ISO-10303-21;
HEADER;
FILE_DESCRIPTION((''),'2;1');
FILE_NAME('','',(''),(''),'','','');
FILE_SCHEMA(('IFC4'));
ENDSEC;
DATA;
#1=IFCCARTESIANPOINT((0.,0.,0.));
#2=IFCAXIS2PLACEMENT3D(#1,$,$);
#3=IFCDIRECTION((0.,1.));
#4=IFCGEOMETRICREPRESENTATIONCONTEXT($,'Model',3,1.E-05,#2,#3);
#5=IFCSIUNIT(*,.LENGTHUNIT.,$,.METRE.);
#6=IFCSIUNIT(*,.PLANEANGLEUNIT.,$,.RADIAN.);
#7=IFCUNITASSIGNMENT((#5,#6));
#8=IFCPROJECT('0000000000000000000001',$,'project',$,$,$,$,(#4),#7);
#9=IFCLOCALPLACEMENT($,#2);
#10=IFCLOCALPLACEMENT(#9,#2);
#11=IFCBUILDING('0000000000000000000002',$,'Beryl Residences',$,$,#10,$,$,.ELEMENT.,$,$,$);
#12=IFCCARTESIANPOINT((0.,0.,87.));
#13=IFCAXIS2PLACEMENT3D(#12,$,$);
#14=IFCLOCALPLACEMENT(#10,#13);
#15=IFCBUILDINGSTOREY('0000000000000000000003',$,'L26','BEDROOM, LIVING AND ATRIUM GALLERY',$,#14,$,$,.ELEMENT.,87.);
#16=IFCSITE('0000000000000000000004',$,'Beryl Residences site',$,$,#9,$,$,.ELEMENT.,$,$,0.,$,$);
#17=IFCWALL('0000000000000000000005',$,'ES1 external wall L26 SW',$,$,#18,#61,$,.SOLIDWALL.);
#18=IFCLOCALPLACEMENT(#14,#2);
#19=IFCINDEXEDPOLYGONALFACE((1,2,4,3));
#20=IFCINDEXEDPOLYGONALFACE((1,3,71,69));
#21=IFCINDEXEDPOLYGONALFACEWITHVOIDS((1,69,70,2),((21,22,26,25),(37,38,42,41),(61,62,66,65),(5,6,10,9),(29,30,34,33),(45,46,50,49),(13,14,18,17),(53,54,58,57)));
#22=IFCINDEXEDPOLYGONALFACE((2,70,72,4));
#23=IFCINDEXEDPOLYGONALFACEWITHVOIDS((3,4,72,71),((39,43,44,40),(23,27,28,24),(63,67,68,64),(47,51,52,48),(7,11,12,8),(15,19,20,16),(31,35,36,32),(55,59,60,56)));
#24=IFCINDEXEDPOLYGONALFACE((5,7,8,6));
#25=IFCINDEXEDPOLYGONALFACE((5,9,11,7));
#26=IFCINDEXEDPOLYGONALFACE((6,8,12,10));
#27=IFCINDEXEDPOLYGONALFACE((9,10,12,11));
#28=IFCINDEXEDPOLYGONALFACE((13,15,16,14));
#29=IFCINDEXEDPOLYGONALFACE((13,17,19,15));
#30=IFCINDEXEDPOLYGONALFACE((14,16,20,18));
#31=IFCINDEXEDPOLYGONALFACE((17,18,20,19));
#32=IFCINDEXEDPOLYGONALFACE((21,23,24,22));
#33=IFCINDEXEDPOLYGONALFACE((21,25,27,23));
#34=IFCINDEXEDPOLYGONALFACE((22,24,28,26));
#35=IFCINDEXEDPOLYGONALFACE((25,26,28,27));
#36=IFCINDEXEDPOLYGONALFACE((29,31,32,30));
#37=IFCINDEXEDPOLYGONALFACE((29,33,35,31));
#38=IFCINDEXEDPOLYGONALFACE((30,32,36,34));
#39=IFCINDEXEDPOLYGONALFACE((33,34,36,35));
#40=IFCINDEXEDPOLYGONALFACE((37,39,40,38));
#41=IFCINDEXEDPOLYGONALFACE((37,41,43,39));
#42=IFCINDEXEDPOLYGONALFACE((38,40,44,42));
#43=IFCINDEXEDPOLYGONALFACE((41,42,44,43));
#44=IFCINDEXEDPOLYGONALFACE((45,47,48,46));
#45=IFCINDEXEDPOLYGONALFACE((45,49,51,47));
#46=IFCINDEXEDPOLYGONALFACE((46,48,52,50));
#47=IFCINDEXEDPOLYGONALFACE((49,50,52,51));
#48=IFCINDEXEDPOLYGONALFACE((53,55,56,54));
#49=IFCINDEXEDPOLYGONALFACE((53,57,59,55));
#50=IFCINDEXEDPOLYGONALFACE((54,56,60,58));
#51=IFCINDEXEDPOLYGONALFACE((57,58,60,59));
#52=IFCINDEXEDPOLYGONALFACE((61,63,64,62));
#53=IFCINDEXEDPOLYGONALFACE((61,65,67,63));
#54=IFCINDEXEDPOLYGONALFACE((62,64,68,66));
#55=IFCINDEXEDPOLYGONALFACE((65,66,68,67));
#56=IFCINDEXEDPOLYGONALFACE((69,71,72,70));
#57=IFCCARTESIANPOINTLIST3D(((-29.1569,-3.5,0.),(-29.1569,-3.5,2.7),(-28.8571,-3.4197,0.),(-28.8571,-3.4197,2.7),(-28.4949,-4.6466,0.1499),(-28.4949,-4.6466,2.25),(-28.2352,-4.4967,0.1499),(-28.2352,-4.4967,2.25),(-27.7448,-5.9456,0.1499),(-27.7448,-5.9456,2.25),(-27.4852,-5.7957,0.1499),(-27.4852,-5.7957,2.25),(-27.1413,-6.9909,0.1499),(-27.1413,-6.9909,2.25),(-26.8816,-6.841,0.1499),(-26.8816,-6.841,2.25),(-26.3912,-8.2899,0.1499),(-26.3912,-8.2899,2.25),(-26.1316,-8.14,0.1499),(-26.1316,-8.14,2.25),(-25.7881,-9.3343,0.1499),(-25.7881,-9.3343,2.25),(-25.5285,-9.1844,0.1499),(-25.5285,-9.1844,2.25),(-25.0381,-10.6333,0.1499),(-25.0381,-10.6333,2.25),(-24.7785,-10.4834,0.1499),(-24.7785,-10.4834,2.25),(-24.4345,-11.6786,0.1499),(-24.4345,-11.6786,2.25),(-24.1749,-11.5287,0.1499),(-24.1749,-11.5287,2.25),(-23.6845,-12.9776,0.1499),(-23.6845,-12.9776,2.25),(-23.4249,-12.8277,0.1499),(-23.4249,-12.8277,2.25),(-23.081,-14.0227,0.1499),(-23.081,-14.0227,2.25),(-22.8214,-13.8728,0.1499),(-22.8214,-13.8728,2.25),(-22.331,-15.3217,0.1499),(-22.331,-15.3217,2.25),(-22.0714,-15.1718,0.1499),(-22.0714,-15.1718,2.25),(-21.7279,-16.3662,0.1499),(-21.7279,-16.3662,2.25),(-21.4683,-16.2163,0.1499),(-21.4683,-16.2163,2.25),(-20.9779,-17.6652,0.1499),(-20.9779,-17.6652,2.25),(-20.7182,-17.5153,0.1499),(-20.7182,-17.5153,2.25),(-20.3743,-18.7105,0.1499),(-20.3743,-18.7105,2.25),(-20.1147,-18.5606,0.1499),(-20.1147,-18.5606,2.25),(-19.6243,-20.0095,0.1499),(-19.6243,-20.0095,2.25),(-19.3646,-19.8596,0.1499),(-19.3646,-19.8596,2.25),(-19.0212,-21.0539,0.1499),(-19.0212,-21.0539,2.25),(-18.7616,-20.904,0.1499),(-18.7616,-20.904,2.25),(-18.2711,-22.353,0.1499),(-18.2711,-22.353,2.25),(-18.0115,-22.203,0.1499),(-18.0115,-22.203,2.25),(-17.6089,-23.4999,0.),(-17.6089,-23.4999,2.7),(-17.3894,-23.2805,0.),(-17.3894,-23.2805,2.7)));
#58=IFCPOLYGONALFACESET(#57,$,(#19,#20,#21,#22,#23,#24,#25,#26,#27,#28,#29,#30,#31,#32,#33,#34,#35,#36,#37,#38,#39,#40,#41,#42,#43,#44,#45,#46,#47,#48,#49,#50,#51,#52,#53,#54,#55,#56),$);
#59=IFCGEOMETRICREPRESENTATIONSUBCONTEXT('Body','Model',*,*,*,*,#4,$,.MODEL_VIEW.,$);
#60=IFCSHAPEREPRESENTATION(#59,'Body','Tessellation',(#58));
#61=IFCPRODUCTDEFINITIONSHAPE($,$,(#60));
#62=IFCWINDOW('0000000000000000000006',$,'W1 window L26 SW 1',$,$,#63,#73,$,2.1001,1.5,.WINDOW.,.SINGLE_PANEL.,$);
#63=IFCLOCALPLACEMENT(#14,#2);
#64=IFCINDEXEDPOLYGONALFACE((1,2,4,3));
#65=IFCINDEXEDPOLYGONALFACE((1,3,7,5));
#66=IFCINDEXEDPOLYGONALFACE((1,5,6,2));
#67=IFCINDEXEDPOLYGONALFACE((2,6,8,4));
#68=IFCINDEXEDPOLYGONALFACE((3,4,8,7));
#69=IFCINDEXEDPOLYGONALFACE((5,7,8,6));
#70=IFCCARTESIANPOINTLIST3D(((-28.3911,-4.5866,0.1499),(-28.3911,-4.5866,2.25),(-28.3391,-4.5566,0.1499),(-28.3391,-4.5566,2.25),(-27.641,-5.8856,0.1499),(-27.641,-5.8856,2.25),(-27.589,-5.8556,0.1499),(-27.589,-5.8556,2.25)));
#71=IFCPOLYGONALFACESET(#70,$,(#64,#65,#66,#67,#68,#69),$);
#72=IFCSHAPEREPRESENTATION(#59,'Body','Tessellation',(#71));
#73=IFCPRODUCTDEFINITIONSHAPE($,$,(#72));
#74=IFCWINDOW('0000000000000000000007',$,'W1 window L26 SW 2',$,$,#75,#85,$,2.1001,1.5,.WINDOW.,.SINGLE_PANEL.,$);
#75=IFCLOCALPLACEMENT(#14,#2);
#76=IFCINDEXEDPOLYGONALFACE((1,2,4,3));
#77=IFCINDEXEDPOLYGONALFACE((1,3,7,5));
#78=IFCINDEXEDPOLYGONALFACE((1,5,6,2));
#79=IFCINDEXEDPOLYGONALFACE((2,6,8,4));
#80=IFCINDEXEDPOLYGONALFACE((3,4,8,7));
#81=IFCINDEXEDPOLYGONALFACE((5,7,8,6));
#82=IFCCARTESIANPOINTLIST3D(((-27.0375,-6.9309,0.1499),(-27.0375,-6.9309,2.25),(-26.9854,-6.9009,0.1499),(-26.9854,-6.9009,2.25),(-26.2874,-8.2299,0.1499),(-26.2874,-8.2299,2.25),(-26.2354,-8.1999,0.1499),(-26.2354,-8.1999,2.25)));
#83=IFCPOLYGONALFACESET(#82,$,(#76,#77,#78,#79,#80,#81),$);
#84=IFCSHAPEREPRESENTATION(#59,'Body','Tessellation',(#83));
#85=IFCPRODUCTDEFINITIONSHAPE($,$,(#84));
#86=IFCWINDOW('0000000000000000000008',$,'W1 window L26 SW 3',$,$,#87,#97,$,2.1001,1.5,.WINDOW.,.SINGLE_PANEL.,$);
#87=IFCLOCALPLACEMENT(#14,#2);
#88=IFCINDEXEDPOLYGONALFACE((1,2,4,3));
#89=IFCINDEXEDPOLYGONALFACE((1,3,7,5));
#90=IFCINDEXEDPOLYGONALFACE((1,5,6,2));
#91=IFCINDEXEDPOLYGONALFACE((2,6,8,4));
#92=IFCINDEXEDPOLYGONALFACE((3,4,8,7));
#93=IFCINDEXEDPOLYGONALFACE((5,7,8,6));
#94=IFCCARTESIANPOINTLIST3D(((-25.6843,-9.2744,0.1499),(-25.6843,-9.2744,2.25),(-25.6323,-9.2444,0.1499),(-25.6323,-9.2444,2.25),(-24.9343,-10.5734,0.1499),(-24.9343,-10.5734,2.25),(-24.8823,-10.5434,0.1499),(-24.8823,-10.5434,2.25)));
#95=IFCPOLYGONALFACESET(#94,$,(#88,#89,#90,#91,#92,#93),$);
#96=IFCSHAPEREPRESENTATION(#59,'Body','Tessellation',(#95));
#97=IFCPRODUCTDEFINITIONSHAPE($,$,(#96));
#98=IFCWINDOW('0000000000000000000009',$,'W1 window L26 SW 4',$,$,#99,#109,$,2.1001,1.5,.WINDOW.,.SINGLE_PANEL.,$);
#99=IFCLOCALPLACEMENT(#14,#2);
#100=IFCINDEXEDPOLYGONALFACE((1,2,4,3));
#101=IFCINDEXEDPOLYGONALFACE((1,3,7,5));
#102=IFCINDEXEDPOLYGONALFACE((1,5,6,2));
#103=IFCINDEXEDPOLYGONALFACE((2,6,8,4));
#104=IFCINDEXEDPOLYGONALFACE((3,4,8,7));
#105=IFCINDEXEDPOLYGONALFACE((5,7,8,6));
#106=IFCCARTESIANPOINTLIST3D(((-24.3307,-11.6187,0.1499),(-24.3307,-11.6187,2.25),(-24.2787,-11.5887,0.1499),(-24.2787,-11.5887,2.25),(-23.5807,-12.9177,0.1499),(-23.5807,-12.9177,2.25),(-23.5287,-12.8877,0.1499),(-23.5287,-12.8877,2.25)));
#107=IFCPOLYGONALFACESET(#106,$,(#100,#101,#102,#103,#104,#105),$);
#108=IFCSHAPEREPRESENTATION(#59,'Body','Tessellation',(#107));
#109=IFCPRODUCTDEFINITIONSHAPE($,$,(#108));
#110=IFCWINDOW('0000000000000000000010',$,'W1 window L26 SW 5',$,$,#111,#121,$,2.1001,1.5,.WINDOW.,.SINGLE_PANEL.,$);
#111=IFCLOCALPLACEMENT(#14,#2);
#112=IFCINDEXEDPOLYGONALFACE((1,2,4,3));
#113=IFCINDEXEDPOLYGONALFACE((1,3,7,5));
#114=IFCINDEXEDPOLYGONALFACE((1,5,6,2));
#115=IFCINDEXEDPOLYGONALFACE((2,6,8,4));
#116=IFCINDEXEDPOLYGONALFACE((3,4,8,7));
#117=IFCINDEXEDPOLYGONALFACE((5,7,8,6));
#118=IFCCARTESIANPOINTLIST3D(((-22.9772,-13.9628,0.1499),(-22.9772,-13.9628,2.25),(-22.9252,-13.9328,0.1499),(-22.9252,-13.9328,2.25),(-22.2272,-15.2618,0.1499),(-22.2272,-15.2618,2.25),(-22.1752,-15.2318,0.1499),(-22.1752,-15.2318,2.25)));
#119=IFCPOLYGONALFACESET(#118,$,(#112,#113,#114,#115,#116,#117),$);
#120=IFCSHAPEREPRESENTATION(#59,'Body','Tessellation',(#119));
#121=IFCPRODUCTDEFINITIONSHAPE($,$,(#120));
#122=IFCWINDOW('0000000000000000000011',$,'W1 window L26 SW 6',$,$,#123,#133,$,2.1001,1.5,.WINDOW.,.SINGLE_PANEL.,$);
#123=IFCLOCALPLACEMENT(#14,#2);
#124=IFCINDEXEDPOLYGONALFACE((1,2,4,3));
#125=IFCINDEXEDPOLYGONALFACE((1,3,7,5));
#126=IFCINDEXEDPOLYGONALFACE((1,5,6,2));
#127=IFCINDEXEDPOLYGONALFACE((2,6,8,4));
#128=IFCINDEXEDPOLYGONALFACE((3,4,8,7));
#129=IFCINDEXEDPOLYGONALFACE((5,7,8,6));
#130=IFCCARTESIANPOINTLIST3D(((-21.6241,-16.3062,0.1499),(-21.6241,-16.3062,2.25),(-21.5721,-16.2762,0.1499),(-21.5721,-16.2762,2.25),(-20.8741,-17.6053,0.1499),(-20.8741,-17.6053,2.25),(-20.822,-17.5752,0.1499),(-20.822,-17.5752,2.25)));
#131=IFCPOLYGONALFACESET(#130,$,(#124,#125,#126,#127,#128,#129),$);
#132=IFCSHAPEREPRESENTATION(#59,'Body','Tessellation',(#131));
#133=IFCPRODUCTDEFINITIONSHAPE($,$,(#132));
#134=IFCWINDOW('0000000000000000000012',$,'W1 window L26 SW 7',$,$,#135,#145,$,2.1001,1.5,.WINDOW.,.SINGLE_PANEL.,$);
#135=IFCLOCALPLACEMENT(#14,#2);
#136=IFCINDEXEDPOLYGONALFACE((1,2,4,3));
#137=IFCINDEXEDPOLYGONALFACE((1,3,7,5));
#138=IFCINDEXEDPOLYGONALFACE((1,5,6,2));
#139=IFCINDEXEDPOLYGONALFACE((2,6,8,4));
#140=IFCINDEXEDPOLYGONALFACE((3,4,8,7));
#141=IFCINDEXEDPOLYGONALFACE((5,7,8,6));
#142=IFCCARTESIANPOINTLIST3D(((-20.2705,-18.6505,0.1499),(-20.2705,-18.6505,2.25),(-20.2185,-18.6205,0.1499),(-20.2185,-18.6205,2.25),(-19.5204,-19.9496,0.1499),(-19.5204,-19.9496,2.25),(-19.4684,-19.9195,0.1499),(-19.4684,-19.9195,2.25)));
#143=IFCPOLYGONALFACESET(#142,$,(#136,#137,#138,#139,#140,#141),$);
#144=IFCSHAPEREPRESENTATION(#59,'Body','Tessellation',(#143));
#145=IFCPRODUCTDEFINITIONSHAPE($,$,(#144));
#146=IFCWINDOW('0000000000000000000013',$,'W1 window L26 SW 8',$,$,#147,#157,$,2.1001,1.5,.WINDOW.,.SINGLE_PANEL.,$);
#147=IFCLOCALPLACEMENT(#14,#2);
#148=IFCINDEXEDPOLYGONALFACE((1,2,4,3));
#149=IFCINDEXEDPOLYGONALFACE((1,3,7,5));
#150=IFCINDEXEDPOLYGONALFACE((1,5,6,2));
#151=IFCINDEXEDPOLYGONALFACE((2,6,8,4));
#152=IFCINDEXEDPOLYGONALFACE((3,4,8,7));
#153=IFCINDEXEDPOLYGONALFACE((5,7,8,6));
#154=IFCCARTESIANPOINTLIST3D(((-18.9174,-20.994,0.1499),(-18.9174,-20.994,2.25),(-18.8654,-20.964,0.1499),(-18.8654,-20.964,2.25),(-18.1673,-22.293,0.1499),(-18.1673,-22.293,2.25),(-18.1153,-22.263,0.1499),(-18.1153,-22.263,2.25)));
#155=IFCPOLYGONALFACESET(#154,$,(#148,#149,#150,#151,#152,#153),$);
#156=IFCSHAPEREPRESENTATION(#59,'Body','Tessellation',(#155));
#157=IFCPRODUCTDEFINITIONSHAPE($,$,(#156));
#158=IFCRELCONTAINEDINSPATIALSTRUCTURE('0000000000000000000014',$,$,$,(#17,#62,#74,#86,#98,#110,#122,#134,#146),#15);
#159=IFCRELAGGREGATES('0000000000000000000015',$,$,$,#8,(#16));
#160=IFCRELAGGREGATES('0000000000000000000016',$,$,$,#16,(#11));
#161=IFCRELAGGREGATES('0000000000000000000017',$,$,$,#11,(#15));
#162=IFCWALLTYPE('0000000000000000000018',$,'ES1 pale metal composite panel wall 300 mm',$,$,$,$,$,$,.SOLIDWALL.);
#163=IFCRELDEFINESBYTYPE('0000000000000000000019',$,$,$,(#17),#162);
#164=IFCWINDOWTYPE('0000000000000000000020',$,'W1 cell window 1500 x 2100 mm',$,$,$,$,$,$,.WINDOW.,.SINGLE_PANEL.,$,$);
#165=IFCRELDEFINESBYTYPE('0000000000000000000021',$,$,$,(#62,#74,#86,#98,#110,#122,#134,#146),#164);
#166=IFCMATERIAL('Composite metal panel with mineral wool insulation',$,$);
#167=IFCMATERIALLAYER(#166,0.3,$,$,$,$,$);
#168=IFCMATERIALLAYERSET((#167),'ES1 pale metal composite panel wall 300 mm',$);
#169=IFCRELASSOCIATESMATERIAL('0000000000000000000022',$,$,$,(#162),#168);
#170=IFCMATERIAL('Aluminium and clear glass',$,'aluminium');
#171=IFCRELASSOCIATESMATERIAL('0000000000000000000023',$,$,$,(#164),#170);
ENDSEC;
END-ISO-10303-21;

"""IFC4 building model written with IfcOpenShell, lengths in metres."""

from ifc_helpers import new_model, si_unit, direction, frame, frame_2d, origin, place, context, subcontext, project, spatial, polyline, rectangle, outline, extrude, material, layer, layer_set, type_object, element, fill, save


model = new_model("IFC4")

# Units and contexts
model_context = context("Model", 3, precision=1e-05, world=origin(), true_north=direction((0.0, 1.0)))
body_context = subcontext(model_context, "Body", "Model", "MODEL_VIEW")
ifc_project = project(units=[si_unit("LENGTHUNIT", "METRE"), si_unit("PLANEANGLEUNIT", "RADIAN")], contexts=[model_context])

# Site, building, storey
site_placement = place(None, origin())
site = spatial("IfcSite", under=ifc_project, at=site_placement, Name="Beryl Residences site", CompositionType="ELEMENT", RefElevation=0.0)
building_placement = place(site_placement, origin())
building = spatial("IfcBuilding", under=site, at=building_placement, Name="Beryl Residences", CompositionType="ELEMENT")
storey_placement = place(building_placement, frame((0.0, 0.0, 87.0)))
storey = spatial("IfcBuildingStorey", under=building, at=storey_placement, Name="L26", Description="BEDROOM, LIVING AND ATRIUM GALLERY", CompositionType="ELEMENT", Elevation=87.0)

# Wall, openings, windows
ifc_material_1 = material(Name="Composite metal panel with mineral wool insulation")
ifc_layer_1 = layer(ifc_material_1, 0.3)
ifc_layer_set_1 = layer_set([ifc_layer_1], Name="ES1 pale metal composite panel wall 300 mm")
wall_type_1 = type_object("IfcWallType", Name="ES1 pale metal composite panel wall 300 mm", PredefinedType="SOLIDWALL", material=ifc_layer_set_1)
wall_1_placement = place(storey_placement, frame((-29.0271, -3.425, 0.0), z_axis=(0.0, 0.0, 1.0), x_axis=(0.500035, -0.866005, 0.0)))
wall_1 = element("IfcWall", 1, at=wall_1_placement, inside=storey, type_object=wall_type_1, Name="ES1 external wall L26 SW", PredefinedType="SOLIDWALL", context=body_context, shape_type="SweptSolid", body=[
    extrude(outline(polyline([(0.0, -0.1499), (23.0945, -0.1499), (23.0142, 0.1499), (0.0803, 0.1499), (0.0, -0.1499)])), origin(), (0.0, 0.0, 1.0), 2.7),
])
opening_1_placement = place(wall_1_placement, frame((1.324, 0.0, 0.1499)))
opening_1 = element("IfcOpeningElement", 2, at=opening_1_placement, cuts=wall_1, PredefinedType="OPENING", context=body_context, shape_type="SweptSolid", body=[
    extrude(rectangle(XDim=1.5, YDim=2.1001, at=frame_2d((0.75, 1.05))), frame((0.0, 0.1599, 0.0), z_axis=(0.0, -1.0, 0.0), x_axis=(1.0, 0.0, 0.0)), (0.0, 0.0, 1.0), 0.3201),
])
opening_2_placement = place(wall_1_placement, frame((4.031, 0.0, 0.1499)))
opening_2 = element("IfcOpeningElement", 3, at=opening_2_placement, cuts=wall_1, PredefinedType="OPENING", context=body_context, shape_type="SweptSolid", body=[
    extrude(rectangle(XDim=1.5, YDim=2.1001, at=frame_2d((0.75, 1.05))), frame((0.0, 0.1599, 0.0), z_axis=(0.0, -1.0, 0.0), x_axis=(1.0, 0.0, 0.0)), (0.0, 0.0, 1.0), 0.3201),
])
opening_3_placement = place(wall_1_placement, frame((6.7371, 0.0, 0.1499)))
opening_3 = element("IfcOpeningElement", 4, at=opening_3_placement, cuts=wall_1, PredefinedType="OPENING", context=body_context, shape_type="SweptSolid", body=[
    extrude(rectangle(XDim=1.5, YDim=2.1001, at=frame_2d((0.75, 1.05))), frame((0.0, 0.1599, 0.0), z_axis=(0.0, -1.0, 0.0), x_axis=(1.0, 0.0, 0.0)), (0.0, 0.0, 1.0), 0.3201),
])
opening_4_placement = place(wall_1_placement, frame((9.4441, 0.0, 0.1499)))
opening_4 = element("IfcOpeningElement", 5, at=opening_4_placement, cuts=wall_1, PredefinedType="OPENING", context=body_context, shape_type="SweptSolid", body=[
    extrude(rectangle(XDim=1.5, YDim=2.1001, at=frame_2d((0.75, 1.05))), frame((0.0, 0.1599, 0.0), z_axis=(0.0, -1.0, 0.0), x_axis=(1.0, 0.0, 0.0)), (0.0, 0.0, 1.0), 0.3201),
])
opening_5_placement = place(wall_1_placement, frame((12.1509, 0.0, 0.1499)))
opening_5 = element("IfcOpeningElement", 6, at=opening_5_placement, cuts=wall_1, PredefinedType="OPENING", context=body_context, shape_type="SweptSolid", body=[
    extrude(rectangle(XDim=1.5, YDim=2.1001, at=frame_2d((0.75, 1.05))), frame((0.0, 0.1599, 0.0), z_axis=(0.0, -1.0, 0.0), x_axis=(1.0, 0.0, 0.0)), (0.0, 0.0, 1.0), 0.3201),
])
opening_6_placement = place(wall_1_placement, frame((14.8569, 0.0, 0.1499)))
opening_6 = element("IfcOpeningElement", 7, at=opening_6_placement, cuts=wall_1, PredefinedType="OPENING", context=body_context, shape_type="SweptSolid", body=[
    extrude(rectangle(XDim=1.5, YDim=2.1001, at=frame_2d((0.75, 1.05))), frame((0.0, 0.1599, 0.0), z_axis=(0.0, -1.0, 0.0), x_axis=(1.0, 0.0, 0.0)), (0.0, 0.0, 1.0), 0.3201),
])
opening_7_placement = place(wall_1_placement, frame((17.564, 0.0, 0.1499)))
opening_7 = element("IfcOpeningElement", 8, at=opening_7_placement, cuts=wall_1, PredefinedType="OPENING", context=body_context, shape_type="SweptSolid", body=[
    extrude(rectangle(XDim=1.5, YDim=2.1001, at=frame_2d((0.75, 1.05))), frame((0.0, 0.1599, 0.0), z_axis=(0.0, -1.0, 0.0), x_axis=(1.0, 0.0, 0.0)), (0.0, 0.0, 1.0), 0.3201),
])
opening_8_placement = place(wall_1_placement, frame((20.27, 0.0, 0.1499)))
opening_8 = element("IfcOpeningElement", 9, at=opening_8_placement, cuts=wall_1, PredefinedType="OPENING", context=body_context, shape_type="SweptSolid", body=[
    extrude(rectangle(XDim=1.5, YDim=2.1001, at=frame_2d((0.75, 1.05))), frame((0.0, 0.1599, 0.0), z_axis=(0.0, -1.0, 0.0), x_axis=(1.0, 0.0, 0.0)), (0.0, 0.0, 1.0), 0.3201),
])
ifc_material_2 = material(Name="Aluminium and clear glass", Category="aluminium")
window_type_1 = type_object("IfcWindowType", Name="W1 cell window 1500 x 2100 mm", PartitioningType="SINGLE_PANEL", PredefinedType="WINDOW", material=ifc_material_2)
window_1_placement = place(opening_1_placement, origin())
window_1 = element("IfcWindow", 10, at=window_1_placement, inside=storey, type_object=window_type_1, Name="W1 window L26 SW 1", OverallHeight=2.1001, OverallWidth=1.5, PartitioningType="SINGLE_PANEL", PredefinedType="WINDOW", context=body_context, shape_type="SweptSolid", body=[
    extrude(rectangle(XDim=1.5, YDim=2.1001, at=frame_2d((0.75, 1.05))), frame((0.0, 0.03, 0.0), z_axis=(0.0, -1.0, 0.0), x_axis=(1.0, 0.0, 0.0)), (0.0, 0.0, 1.0), 0.0601),
])
fill(opening_1, window_1)
window_2_placement = place(opening_2_placement, origin())
window_2 = element("IfcWindow", 11, at=window_2_placement, inside=storey, type_object=window_type_1, Name="W1 window L26 SW 2", OverallHeight=2.1001, OverallWidth=1.5, PartitioningType="SINGLE_PANEL", PredefinedType="WINDOW", context=body_context, shape_type="SweptSolid", body=[
    extrude(rectangle(XDim=1.5, YDim=2.1001, at=frame_2d((0.75, 1.05))), frame((0.0, 0.03, 0.0), z_axis=(0.0, -1.0, 0.0), x_axis=(1.0, 0.0, 0.0)), (0.0, 0.0, 1.0), 0.0601),
])
fill(opening_2, window_2)
window_3_placement = place(opening_3_placement, origin())
window_3 = element("IfcWindow", 12, at=window_3_placement, inside=storey, type_object=window_type_1, Name="W1 window L26 SW 3", OverallHeight=2.1001, OverallWidth=1.5, PartitioningType="SINGLE_PANEL", PredefinedType="WINDOW", context=body_context, shape_type="SweptSolid", body=[
    extrude(rectangle(XDim=1.5, YDim=2.1001, at=frame_2d((0.75, 1.05))), frame((0.0, 0.03, 0.0), z_axis=(0.0, -1.0, 0.0), x_axis=(1.0, 0.0, 0.0)), (0.0, 0.0, 1.0), 0.0601),
])
fill(opening_3, window_3)
window_4_placement = place(opening_4_placement, origin())
window_4 = element("IfcWindow", 13, at=window_4_placement, inside=storey, type_object=window_type_1, Name="W1 window L26 SW 4", OverallHeight=2.1001, OverallWidth=1.5, PartitioningType="SINGLE_PANEL", PredefinedType="WINDOW", context=body_context, shape_type="SweptSolid", body=[
    extrude(rectangle(XDim=1.5, YDim=2.1001, at=frame_2d((0.75, 1.05))), frame((0.0, 0.03, 0.0), z_axis=(0.0, -1.0, 0.0), x_axis=(1.0, 0.0, 0.0)), (0.0, 0.0, 1.0), 0.0601),
])
fill(opening_4, window_4)
window_5_placement = place(opening_5_placement, origin())
window_5 = element("IfcWindow", 14, at=window_5_placement, inside=storey, type_object=window_type_1, Name="W1 window L26 SW 5", OverallHeight=2.1001, OverallWidth=1.5, PartitioningType="SINGLE_PANEL", PredefinedType="WINDOW", context=body_context, shape_type="SweptSolid", body=[
    extrude(rectangle(XDim=1.5, YDim=2.1001, at=frame_2d((0.75, 1.05))), frame((0.0, 0.03, 0.0), z_axis=(0.0, -1.0, 0.0), x_axis=(1.0, 0.0, 0.0)), (0.0, 0.0, 1.0), 0.0601),
])
fill(opening_5, window_5)
window_6_placement = place(opening_6_placement, origin())
window_6 = element("IfcWindow", 15, at=window_6_placement, inside=storey, type_object=window_type_1, Name="W1 window L26 SW 6", OverallHeight=2.1001, OverallWidth=1.5, PartitioningType="SINGLE_PANEL", PredefinedType="WINDOW", context=body_context, shape_type="SweptSolid", body=[
    extrude(rectangle(XDim=1.5, YDim=2.1001, at=frame_2d((0.75, 1.05))), frame((0.0, 0.03, 0.0), z_axis=(0.0, -1.0, 0.0), x_axis=(1.0, 0.0, 0.0)), (0.0, 0.0, 1.0), 0.0601),
])
fill(opening_6, window_6)
window_7_placement = place(opening_7_placement, origin())
window_7 = element("IfcWindow", 16, at=window_7_placement, inside=storey, type_object=window_type_1, Name="W1 window L26 SW 7", OverallHeight=2.1001, OverallWidth=1.5, PartitioningType="SINGLE_PANEL", PredefinedType="WINDOW", context=body_context, shape_type="SweptSolid", body=[
    extrude(rectangle(XDim=1.5, YDim=2.1001, at=frame_2d((0.75, 1.05))), frame((0.0, 0.03, 0.0), z_axis=(0.0, -1.0, 0.0), x_axis=(1.0, 0.0, 0.0)), (0.0, 0.0, 1.0), 0.0601),
])
fill(opening_7, window_7)
window_8_placement = place(opening_8_placement, origin())
window_8 = element("IfcWindow", 17, at=window_8_placement, inside=storey, type_object=window_type_1, Name="W1 window L26 SW 8", OverallHeight=2.1001, OverallWidth=1.5, PartitioningType="SINGLE_PANEL", PredefinedType="WINDOW", context=body_context, shape_type="SweptSolid", body=[
    extrude(rectangle(XDim=1.5, YDim=2.1001, at=frame_2d((0.75, 1.05))), frame((0.0, 0.03, 0.0), z_axis=(0.0, -1.0, 0.0), x_axis=(1.0, 0.0, 0.0)), (0.0, 0.0, 1.0), 0.0601),
])
fill(opening_8, window_8)

save(model, "model.ifc")
